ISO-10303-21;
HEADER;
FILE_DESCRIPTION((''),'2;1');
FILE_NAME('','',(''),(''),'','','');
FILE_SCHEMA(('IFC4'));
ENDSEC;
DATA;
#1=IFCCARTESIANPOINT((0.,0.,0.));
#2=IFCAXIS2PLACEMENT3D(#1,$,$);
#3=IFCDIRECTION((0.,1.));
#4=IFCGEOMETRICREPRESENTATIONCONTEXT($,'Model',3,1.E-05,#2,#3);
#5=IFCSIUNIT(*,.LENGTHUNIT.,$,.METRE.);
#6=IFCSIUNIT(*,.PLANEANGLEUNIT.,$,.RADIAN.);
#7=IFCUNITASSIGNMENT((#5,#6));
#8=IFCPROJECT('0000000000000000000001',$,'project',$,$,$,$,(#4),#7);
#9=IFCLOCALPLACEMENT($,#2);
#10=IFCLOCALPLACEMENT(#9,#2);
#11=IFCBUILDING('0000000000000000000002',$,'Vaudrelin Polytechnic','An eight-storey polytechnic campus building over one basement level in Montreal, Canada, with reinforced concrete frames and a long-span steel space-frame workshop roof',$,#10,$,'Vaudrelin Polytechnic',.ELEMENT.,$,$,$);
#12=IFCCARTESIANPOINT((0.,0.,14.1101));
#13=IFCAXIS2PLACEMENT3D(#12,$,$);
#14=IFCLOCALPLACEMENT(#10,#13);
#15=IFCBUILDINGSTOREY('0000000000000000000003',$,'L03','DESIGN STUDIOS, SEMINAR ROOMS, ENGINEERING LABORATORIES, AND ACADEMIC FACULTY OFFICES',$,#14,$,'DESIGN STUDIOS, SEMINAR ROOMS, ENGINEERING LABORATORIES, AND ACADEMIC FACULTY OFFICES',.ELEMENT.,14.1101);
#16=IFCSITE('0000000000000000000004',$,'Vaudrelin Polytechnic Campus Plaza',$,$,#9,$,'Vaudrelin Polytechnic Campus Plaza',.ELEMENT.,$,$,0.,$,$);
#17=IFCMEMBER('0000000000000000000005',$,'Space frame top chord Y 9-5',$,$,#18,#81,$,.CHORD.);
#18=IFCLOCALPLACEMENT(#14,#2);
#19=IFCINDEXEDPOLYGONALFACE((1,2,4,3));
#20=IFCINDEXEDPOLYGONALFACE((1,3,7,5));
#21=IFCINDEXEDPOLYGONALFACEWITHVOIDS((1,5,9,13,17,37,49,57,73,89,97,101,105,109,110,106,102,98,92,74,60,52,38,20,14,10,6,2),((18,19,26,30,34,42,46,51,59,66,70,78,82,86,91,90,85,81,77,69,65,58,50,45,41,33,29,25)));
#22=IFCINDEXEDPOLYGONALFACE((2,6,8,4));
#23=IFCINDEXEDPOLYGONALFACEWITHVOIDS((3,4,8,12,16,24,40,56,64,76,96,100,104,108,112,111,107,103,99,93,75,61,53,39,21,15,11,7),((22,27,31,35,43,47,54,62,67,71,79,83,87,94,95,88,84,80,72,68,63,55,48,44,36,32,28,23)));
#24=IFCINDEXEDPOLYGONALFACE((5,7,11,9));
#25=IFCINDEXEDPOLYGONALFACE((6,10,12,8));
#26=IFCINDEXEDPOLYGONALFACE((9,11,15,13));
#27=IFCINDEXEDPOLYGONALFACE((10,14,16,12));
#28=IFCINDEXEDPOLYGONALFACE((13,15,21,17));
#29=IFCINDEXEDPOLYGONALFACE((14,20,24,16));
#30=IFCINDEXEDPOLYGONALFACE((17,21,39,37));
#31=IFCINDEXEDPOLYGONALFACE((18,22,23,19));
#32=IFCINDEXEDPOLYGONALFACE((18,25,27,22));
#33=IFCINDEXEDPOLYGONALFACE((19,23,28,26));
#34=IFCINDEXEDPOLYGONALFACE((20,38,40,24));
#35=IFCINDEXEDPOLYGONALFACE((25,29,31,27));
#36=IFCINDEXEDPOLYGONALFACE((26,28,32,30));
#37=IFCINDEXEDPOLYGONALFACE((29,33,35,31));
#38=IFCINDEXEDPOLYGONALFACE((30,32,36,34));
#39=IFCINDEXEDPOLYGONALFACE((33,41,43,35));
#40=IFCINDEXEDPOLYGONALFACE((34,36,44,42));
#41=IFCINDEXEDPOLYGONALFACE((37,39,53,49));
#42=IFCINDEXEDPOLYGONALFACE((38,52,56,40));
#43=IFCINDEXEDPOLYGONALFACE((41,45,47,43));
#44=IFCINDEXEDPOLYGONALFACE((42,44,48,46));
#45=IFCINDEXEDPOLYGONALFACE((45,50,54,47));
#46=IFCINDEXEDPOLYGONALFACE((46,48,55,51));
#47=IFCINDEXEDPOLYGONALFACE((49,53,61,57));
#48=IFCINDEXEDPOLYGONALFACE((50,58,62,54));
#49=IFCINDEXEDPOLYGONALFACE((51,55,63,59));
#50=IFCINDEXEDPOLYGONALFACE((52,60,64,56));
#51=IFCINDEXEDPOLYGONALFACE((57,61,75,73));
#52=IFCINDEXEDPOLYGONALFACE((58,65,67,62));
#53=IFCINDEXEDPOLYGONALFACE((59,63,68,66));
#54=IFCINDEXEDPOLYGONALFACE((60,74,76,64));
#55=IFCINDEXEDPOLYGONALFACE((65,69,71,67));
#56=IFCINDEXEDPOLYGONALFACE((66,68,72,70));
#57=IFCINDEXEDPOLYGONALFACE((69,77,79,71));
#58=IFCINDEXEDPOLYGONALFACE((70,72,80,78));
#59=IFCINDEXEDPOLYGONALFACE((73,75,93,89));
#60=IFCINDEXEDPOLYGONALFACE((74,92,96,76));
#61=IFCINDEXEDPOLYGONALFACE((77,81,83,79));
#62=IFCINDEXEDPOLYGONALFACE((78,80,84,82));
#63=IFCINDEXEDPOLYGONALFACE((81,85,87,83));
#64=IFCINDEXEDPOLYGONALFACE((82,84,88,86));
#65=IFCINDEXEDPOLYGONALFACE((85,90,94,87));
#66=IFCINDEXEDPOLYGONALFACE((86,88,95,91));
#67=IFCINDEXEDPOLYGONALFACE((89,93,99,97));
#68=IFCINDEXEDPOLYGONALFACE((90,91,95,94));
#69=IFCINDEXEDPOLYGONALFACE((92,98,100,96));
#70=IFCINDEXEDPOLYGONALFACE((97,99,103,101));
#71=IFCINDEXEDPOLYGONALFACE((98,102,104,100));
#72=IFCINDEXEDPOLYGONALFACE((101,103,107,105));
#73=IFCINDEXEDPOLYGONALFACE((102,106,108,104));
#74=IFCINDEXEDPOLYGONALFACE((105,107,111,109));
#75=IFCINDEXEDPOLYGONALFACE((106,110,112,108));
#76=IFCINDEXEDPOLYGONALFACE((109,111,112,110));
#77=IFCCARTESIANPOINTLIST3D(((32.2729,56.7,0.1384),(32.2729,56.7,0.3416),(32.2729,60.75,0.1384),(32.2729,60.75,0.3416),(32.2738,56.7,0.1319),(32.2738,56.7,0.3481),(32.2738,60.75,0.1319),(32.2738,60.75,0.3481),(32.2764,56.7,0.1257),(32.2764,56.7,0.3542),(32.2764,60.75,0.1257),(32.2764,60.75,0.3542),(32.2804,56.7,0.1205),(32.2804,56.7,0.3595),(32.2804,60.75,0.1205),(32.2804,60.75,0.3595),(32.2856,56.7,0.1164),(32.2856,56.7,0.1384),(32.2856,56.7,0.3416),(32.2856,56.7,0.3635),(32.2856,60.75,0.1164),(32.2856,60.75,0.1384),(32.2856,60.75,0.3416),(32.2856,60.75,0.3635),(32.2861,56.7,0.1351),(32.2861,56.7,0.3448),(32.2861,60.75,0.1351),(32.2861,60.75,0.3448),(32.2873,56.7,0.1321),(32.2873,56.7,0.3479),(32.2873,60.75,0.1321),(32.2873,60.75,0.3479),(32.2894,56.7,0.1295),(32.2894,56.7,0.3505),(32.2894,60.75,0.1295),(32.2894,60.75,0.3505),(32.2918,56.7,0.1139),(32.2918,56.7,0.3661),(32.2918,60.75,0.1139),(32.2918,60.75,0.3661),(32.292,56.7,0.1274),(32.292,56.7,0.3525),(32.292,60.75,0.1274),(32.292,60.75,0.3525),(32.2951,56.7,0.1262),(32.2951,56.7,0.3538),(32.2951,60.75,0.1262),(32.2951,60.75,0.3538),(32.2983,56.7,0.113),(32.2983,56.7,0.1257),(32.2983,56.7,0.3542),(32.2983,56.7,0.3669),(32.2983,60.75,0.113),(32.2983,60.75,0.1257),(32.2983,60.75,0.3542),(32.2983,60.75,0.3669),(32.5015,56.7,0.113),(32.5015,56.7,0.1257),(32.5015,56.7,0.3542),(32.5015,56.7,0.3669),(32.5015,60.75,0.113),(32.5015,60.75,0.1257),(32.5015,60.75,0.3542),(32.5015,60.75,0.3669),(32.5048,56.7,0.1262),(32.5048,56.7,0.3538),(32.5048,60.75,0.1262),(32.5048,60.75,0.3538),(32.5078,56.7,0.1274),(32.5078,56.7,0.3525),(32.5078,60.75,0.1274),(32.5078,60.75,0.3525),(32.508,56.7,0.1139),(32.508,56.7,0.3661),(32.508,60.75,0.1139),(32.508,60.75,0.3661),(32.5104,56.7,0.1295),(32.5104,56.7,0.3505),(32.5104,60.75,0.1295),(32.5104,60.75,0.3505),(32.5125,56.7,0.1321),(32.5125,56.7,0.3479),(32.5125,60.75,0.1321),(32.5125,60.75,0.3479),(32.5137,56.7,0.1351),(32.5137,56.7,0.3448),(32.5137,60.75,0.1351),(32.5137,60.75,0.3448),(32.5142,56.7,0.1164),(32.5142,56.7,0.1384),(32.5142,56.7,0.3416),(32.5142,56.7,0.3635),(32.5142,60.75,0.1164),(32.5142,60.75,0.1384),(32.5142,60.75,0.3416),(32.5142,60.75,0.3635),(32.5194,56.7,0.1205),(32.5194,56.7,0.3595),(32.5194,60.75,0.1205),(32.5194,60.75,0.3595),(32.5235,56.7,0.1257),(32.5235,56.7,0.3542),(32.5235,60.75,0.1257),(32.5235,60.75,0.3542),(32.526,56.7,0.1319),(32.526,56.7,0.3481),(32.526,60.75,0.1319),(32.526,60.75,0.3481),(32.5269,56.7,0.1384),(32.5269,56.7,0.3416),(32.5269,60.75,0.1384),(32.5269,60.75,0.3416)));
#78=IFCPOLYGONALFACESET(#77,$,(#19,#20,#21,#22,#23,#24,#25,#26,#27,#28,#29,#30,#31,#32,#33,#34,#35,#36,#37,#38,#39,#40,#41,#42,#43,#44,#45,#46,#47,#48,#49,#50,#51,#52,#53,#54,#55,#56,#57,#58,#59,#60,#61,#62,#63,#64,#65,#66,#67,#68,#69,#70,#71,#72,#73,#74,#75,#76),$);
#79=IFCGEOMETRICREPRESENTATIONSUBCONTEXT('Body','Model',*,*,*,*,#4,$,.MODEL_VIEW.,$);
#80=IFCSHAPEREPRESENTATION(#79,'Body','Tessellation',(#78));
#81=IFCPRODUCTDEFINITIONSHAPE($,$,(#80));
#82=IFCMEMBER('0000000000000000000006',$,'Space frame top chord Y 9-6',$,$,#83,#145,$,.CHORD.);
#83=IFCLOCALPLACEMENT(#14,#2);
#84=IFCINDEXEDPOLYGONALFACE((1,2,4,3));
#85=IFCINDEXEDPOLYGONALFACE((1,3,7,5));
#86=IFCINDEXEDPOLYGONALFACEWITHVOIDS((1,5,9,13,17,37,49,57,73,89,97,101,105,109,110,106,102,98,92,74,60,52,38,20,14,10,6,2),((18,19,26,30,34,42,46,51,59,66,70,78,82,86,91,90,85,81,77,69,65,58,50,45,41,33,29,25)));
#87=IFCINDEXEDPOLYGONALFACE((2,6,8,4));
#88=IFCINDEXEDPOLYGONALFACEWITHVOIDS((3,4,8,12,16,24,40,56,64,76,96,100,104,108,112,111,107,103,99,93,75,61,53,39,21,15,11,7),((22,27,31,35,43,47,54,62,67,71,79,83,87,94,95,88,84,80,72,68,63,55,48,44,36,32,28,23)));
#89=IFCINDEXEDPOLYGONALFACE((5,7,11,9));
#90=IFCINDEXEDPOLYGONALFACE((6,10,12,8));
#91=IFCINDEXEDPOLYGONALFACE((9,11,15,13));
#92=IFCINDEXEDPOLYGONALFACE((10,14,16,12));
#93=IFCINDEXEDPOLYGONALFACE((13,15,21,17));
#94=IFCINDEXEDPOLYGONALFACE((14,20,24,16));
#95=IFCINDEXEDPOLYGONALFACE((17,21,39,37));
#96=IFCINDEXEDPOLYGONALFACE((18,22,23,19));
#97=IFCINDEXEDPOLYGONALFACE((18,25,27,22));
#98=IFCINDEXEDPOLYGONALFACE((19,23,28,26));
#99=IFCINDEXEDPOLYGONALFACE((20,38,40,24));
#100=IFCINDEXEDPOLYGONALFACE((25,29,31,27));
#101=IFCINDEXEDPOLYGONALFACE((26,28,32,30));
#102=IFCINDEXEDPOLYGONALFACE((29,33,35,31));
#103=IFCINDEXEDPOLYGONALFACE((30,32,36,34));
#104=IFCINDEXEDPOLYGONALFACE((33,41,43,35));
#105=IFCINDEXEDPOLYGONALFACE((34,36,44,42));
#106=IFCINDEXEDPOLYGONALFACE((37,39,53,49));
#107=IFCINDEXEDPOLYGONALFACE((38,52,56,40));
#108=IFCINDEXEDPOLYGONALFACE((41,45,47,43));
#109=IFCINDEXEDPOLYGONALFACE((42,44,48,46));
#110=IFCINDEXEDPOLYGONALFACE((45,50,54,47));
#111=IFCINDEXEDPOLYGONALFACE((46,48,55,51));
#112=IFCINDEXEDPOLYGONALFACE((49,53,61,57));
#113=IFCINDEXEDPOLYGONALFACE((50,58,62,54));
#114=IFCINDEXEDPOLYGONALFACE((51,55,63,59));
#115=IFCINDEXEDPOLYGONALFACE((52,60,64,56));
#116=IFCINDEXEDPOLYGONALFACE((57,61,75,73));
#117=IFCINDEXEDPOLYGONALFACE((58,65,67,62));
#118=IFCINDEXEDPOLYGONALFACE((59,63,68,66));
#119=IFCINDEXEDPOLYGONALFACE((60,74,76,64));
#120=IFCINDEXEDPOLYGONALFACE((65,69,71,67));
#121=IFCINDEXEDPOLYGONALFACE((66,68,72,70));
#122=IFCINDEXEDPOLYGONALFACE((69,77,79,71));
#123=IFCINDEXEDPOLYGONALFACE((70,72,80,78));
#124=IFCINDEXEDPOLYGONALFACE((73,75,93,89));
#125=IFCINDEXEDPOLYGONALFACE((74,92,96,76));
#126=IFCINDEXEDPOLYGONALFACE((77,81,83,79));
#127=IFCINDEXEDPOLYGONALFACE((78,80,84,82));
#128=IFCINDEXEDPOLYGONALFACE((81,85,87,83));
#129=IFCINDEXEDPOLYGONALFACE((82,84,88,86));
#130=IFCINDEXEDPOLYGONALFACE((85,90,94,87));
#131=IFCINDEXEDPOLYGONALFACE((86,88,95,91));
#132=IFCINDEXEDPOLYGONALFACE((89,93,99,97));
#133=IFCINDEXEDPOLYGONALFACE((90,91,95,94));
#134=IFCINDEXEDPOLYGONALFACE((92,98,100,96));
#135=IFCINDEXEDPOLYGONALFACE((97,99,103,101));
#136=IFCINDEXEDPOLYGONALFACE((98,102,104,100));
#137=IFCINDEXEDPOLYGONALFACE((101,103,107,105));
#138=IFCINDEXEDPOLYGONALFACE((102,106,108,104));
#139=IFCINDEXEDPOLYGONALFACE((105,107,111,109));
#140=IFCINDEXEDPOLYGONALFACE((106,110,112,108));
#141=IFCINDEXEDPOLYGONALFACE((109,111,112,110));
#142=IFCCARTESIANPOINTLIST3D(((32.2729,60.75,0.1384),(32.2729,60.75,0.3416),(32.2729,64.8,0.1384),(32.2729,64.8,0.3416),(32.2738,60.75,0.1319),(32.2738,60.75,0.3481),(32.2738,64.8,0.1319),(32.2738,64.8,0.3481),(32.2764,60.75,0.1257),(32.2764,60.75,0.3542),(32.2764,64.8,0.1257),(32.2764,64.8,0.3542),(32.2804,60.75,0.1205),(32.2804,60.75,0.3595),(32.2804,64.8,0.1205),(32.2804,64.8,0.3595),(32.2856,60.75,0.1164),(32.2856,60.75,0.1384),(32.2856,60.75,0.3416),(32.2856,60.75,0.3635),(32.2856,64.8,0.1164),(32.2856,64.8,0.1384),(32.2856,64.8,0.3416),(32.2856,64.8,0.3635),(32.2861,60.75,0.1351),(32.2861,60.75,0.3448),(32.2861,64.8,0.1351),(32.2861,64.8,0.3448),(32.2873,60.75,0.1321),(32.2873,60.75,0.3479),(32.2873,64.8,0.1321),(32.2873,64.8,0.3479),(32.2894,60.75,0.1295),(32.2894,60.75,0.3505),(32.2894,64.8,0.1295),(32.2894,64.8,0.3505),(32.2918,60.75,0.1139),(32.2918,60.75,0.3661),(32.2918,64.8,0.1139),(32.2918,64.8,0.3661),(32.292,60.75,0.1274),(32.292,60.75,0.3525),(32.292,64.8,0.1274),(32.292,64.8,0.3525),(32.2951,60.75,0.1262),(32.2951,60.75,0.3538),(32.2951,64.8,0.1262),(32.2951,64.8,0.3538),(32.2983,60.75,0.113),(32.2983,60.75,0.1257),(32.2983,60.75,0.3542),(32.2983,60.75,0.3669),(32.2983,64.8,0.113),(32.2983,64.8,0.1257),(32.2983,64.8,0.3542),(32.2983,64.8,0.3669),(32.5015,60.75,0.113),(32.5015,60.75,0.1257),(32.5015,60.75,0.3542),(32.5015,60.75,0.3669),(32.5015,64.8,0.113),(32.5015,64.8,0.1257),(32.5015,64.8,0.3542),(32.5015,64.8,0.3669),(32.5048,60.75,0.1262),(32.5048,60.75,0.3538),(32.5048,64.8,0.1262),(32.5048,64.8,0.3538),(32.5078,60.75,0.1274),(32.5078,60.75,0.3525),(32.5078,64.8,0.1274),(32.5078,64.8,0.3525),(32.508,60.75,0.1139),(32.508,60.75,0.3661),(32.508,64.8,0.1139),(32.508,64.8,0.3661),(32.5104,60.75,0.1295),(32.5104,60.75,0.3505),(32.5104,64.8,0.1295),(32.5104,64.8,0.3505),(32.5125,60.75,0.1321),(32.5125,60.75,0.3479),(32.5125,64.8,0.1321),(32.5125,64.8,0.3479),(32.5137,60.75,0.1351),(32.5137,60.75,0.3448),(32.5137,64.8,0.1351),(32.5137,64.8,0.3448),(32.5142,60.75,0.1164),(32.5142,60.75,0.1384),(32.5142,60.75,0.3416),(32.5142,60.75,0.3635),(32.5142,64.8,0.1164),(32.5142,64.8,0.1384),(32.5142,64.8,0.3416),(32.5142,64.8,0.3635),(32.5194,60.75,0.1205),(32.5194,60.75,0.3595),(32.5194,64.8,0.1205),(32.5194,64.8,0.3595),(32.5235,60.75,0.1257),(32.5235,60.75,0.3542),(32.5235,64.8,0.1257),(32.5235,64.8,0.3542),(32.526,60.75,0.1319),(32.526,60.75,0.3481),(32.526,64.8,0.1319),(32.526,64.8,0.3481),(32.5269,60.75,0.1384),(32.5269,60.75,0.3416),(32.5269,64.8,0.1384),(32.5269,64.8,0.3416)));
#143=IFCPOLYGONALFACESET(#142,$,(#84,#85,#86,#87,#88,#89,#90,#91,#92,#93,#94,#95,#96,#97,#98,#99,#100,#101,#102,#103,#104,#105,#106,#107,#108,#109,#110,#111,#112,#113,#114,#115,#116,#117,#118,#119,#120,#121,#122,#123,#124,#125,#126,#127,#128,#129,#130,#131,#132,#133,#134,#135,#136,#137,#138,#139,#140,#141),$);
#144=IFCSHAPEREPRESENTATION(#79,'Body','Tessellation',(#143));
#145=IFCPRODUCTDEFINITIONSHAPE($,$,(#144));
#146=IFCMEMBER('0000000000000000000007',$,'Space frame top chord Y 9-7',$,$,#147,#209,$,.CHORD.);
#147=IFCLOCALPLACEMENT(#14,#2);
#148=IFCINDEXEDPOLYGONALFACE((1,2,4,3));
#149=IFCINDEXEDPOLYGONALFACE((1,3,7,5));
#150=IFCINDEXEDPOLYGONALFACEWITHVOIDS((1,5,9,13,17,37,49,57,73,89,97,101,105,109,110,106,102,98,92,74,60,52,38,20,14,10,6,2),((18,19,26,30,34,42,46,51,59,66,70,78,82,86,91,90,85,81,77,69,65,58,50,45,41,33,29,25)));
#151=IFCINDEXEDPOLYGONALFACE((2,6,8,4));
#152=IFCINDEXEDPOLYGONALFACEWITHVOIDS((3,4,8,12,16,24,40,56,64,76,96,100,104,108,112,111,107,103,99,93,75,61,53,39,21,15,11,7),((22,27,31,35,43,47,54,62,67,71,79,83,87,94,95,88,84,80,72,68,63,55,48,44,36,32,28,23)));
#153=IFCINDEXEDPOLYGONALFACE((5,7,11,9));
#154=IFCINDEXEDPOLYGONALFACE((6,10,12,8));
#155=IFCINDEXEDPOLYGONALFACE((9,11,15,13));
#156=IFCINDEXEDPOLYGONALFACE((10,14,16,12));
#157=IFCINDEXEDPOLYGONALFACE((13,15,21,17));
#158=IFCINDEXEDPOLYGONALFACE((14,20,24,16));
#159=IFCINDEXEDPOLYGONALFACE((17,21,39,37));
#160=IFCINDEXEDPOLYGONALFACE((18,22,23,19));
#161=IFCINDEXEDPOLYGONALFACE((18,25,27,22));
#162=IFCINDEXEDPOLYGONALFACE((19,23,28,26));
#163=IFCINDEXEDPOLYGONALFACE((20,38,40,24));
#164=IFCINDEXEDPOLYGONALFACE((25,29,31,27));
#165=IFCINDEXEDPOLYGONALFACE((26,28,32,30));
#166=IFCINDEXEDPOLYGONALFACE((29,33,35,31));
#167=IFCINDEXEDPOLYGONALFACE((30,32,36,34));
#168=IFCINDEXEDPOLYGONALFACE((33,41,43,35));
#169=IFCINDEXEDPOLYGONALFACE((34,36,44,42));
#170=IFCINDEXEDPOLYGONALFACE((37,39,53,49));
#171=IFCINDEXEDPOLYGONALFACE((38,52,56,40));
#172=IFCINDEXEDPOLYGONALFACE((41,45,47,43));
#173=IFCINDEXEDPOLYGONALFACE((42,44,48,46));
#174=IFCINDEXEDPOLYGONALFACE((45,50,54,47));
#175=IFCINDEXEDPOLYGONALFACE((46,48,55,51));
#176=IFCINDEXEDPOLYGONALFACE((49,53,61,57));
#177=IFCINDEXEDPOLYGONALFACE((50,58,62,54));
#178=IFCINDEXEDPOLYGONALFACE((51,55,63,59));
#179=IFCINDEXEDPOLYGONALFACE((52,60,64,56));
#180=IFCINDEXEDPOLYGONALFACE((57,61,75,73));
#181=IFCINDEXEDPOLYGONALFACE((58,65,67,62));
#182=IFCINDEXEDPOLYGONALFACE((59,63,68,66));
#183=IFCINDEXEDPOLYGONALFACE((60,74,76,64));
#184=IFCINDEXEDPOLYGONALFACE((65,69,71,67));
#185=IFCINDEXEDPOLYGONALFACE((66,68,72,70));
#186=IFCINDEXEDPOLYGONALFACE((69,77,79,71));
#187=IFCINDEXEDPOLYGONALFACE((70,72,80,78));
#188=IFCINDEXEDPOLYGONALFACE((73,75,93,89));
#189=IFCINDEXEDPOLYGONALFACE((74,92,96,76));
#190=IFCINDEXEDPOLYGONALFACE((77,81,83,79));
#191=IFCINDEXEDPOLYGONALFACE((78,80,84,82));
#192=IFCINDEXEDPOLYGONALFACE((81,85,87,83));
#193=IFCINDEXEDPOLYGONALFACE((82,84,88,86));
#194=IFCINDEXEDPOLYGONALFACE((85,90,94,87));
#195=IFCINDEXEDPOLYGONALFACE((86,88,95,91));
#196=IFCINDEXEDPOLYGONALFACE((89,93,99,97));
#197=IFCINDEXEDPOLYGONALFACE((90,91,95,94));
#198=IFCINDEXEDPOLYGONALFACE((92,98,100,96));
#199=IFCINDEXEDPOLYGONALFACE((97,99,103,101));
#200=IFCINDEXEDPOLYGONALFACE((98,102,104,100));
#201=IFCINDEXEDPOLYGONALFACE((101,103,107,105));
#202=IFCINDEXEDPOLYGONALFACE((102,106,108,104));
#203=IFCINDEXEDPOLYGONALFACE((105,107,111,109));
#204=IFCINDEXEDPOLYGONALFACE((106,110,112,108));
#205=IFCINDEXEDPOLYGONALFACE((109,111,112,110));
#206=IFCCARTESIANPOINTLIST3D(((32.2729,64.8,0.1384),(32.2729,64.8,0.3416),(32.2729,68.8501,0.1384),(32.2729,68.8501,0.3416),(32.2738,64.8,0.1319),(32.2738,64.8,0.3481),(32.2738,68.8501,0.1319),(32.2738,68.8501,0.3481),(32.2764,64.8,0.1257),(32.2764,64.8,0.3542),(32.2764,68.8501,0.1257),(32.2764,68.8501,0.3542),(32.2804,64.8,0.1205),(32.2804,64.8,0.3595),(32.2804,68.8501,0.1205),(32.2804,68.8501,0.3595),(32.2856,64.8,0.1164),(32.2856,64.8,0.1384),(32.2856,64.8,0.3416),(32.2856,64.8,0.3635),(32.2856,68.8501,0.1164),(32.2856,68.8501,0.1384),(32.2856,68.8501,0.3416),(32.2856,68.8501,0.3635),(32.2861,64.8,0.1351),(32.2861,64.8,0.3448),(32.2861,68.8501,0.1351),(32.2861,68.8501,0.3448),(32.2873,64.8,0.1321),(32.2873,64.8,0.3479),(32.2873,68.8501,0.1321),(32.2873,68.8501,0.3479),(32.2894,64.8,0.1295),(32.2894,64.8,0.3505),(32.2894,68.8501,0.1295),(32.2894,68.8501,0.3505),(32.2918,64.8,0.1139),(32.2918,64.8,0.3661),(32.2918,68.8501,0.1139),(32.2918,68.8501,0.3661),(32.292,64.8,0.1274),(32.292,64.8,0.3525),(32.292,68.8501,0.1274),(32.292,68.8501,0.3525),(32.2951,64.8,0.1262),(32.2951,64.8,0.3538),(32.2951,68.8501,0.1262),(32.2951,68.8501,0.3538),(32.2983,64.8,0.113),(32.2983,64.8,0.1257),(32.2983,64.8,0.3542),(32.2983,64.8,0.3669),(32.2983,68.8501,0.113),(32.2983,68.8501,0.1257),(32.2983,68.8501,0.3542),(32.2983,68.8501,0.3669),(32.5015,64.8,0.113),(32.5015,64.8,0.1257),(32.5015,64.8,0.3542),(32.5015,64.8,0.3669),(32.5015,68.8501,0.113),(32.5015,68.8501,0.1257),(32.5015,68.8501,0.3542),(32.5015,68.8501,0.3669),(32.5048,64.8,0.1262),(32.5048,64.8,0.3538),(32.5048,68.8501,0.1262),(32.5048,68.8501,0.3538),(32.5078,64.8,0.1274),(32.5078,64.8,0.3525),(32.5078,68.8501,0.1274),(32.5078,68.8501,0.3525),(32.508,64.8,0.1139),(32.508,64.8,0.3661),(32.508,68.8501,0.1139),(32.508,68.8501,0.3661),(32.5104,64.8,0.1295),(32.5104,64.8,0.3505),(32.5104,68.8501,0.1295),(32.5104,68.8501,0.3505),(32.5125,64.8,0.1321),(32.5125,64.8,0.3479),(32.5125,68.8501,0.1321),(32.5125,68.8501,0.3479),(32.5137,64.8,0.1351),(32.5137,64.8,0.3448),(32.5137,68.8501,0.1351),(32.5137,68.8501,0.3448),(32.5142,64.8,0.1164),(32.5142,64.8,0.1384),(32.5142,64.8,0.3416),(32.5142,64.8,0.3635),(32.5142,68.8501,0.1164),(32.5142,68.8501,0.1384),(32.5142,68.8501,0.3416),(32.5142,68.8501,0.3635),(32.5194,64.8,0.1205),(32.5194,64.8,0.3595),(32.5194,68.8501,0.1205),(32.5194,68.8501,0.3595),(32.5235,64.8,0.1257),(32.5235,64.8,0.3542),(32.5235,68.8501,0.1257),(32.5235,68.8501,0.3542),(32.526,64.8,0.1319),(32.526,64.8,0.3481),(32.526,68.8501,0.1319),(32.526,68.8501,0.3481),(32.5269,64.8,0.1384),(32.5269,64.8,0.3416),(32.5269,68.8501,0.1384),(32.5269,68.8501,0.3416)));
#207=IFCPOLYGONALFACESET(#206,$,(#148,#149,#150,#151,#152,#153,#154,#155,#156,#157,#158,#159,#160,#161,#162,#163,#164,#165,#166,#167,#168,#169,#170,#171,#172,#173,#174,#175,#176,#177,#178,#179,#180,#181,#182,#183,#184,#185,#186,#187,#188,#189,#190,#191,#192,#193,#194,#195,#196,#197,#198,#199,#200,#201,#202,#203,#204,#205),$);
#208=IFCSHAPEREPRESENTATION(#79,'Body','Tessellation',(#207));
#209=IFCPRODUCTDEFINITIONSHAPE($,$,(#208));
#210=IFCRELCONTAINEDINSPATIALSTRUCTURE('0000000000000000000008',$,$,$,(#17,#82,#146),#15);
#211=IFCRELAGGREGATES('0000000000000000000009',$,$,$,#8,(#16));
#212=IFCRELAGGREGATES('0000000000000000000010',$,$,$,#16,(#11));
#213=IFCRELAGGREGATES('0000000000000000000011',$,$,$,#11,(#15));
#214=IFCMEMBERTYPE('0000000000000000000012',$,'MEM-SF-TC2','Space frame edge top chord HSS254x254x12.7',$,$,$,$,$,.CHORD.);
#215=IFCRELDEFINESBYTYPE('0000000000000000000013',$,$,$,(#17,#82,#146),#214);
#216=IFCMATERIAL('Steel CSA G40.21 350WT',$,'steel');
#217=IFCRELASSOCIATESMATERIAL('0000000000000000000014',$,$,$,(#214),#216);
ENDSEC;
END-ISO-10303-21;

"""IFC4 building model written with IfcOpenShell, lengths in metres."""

from ifc_helpers import new_model, si_unit, direction, frame, origin, origin_2d, place, context, subcontext, project, spatial, hollow_rectangle, extrude, material, material_profile, profile_set, type_object, element, save


model = new_model("IFC4")

# Units and contexts
model_context = context("Model", 3, precision=1e-05, world=origin(), true_north=direction((0.0, 1.0)))
body_context = subcontext(model_context, "Body", "Model", "MODEL_VIEW")
ifc_project = project(units=[si_unit("LENGTHUNIT", "METRE"), si_unit("PLANEANGLEUNIT", "RADIAN")], contexts=[model_context])

# Site, building, storey
site_placement = place(None, origin())
site = spatial("IfcSite", under=ifc_project, at=site_placement, Name="Vaudrelin Polytechnic Campus Plaza", LongName="Vaudrelin Polytechnic Campus Plaza", CompositionType="ELEMENT", RefElevation=0.0)
building_placement = place(site_placement, origin())
building = spatial("IfcBuilding", under=site, at=building_placement, Name="Vaudrelin Polytechnic", Description="An eight-storey polytechnic campus building over one basement level in Montreal, Canada, with reinforced concrete frames and a long-span steel space-frame workshop roof", LongName="Vaudrelin Polytechnic", CompositionType="ELEMENT")
storey_placement = place(building_placement, frame((0.0, 0.0, 14.1101)))
storey = spatial("IfcBuildingStorey", under=building, at=storey_placement, Name="L03", Description="DESIGN STUDIOS, SEMINAR ROOMS, ENGINEERING LABORATORIES, AND ACADEMIC FACULTY OFFICES", LongName="DESIGN STUDIOS, SEMINAR ROOMS, ENGINEERING LABORATORIES, AND ACADEMIC FACULTY OFFICES", CompositionType="ELEMENT", Elevation=14.1101)

# Members
ifc_material_1 = material(Name="Steel CSA G40.21 350WT", Category="steel")
ifc_material_profile_1 = material_profile(ifc_material_1, hollow_rectangle(XDim=0.2539, YDim=0.2539, WallThickness=0.0127, InnerFilletRadius=0.0127, OuterFilletRadius=0.0254, at=origin_2d()), Name="HSS254x254x12.7")
ifc_profile_set_1 = profile_set([ifc_material_profile_1], Name="Steel CSA G40.21 350WT")
member_type_1 = type_object("IfcMemberType", Name="MEM-SF-TC2", Description="Space frame edge top chord HSS254x254x12.7", PredefinedType="CHORD", material=ifc_profile_set_1)
for number, where, z_axis, x_axis, name in (
    (1, (32.3999, 56.7, 0.24), (0.0, 1.0, 0.0), (-1.0, 0.0, 0.0), "Space frame top chord Y 9-5"),
    (2, (32.3999, 60.75, 0.24), (0.0, 1.0, 0.0), (-1.0, 0.0, 0.0), "Space frame top chord Y 9-6"),
    (3, (32.3999, 64.8, 0.24), (0.0, 1.0, 0.0), (-1.0, 0.0, 0.0), "Space frame top chord Y 9-7"),
):
    element("IfcMember", number, at=place(storey_placement, frame(where, z_axis=z_axis, x_axis=x_axis)), inside=storey, type_object=member_type_1, Name=name, PredefinedType="CHORD", context=body_context, shape_type="SweptSolid", body=[
        extrude(hollow_rectangle(XDim=0.2539, YDim=0.2539, WallThickness=0.0127, InnerFilletRadius=0.0127, OuterFilletRadius=0.0254, at=origin_2d()), origin(), (0.0, 0.0, 1.0), 4.05),
    ])

save(model, "model.ifc")
